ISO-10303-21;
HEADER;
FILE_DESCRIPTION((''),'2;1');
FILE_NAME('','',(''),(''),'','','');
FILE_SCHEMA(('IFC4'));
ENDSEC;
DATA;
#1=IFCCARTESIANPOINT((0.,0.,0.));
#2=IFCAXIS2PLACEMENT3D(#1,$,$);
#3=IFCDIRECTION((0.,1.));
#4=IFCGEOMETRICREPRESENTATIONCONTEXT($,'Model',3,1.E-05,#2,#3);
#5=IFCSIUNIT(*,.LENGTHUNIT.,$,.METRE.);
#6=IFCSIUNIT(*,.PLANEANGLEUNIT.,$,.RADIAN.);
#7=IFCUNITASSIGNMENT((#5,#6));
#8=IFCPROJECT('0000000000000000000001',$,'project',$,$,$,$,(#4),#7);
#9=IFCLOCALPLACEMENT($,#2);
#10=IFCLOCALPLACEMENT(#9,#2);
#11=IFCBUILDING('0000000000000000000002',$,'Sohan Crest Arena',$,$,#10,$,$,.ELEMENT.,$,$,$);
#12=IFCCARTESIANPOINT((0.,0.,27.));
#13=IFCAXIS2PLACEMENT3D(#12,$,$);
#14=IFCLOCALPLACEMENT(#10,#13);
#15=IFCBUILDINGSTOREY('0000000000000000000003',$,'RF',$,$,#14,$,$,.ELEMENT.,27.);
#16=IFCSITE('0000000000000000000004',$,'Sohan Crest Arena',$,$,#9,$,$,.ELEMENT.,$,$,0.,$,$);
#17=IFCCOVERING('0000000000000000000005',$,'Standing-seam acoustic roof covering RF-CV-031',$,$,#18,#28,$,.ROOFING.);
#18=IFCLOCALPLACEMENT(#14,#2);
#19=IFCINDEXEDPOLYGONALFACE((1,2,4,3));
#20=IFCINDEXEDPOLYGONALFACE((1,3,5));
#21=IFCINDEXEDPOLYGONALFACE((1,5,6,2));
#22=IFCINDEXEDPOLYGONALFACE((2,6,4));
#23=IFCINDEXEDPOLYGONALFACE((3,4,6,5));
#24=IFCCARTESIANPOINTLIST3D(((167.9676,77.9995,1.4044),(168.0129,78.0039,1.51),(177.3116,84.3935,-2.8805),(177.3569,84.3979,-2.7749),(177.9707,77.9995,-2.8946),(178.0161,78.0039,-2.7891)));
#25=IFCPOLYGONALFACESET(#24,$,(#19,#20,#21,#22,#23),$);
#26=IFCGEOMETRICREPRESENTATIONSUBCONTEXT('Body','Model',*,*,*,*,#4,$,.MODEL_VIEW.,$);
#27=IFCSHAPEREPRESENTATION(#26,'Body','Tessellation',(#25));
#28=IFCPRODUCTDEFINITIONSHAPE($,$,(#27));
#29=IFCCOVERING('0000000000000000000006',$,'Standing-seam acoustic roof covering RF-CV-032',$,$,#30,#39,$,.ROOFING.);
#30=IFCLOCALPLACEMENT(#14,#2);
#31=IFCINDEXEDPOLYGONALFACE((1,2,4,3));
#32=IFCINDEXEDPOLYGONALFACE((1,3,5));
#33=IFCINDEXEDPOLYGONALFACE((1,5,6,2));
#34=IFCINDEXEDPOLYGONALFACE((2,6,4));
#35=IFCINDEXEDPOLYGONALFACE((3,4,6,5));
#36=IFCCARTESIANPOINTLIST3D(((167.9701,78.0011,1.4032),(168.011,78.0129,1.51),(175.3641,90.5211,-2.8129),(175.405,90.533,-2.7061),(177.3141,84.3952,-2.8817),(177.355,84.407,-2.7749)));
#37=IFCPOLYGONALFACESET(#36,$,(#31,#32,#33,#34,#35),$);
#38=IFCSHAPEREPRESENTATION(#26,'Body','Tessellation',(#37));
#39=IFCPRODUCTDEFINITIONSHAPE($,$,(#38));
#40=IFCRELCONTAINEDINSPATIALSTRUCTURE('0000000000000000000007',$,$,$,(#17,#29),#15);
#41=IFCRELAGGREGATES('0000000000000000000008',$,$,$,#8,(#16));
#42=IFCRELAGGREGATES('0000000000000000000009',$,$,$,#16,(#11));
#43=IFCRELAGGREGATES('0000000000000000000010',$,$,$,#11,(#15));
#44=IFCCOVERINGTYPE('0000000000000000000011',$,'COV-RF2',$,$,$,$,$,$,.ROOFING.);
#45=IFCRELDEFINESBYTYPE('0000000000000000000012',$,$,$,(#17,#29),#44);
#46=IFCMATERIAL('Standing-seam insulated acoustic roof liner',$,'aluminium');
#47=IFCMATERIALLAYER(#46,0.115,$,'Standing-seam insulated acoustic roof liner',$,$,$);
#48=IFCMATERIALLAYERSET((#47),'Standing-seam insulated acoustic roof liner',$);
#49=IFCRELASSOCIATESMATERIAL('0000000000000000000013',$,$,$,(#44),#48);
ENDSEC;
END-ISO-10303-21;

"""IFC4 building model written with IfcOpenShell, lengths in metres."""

from ifc_helpers import new_model, si_unit, direction, frame, origin, place, context, subcontext, project, spatial, polyline, outline, extrude, material, layer, layer_set, type_object, element, save


model = new_model("IFC4")

# Units and contexts
model_context = context("Model", 3, precision=1e-05, world=origin(), true_north=direction((0.0, 1.0)))
body_context = subcontext(model_context, "Body", "Model", "MODEL_VIEW")
ifc_project = project(units=[si_unit("LENGTHUNIT", "METRE"), si_unit("PLANEANGLEUNIT", "RADIAN")], contexts=[model_context])

# Site, building, storey
site_placement = place(None, origin())
site = spatial("IfcSite", under=ifc_project, at=site_placement, Name="Sohan Crest Arena", CompositionType="ELEMENT", RefElevation=0.0)
building_placement = place(site_placement, origin())
building = spatial("IfcBuilding", under=site, at=building_placement, Name="Sohan Crest Arena", CompositionType="ELEMENT")
storey_placement = place(building_placement, frame((0.0, 0.0, 27.0)))
storey = spatial("IfcBuildingStorey", under=building, at=storey_placement, Name="RF", CompositionType="ELEMENT", Elevation=27.0)

# Coverings
ifc_material_1 = material(Name="Standing-seam insulated acoustic roof liner", Category="aluminium")
ifc_layer_1 = layer(ifc_material_1, 0.115, Name="Standing-seam insulated acoustic roof liner")
ifc_layer_set_1 = layer_set([ifc_layer_1], Name="Standing-seam insulated acoustic roof liner")
covering_type = type_object("IfcCoveringType", Name="COV-RF2", PredefinedType="ROOFING", material=ifc_layer_set_1)
covering_1_placement = place(storey_placement, frame((178.0161, 78.0039, -2.7891), z_axis=(0.394555, 0.038643, 0.918059), x_axis=(-0.102549, 0.994726, 0.002203)))
element("IfcCovering", 1, at=covering_1_placement, inside=storey, type_object=covering_type, Name="Standing-seam acoustic roof covering RF-CV-031", PredefinedType="ROOFING", context=body_context, shape_type="SweptSolid", body=[
    extrude(outline(polyline([(0.0, 0.0), (6.4279, 0.0), (1.0353, 10.8385), (0.0, 0.0)])), origin(), (0.0, 0.0, -1.0), 0.115),
])
covering_2_placement = place(storey_placement, frame((177.355, 84.407, -2.7749), z_axis=(0.355665, 0.102771, 0.928946), x_axis=(-0.303296, 0.952836, 0.010709)))
element("IfcCovering", 2, at=covering_2_placement, inside=storey, type_object=covering_type, Name="Standing-seam acoustic roof covering RF-CV-032", PredefinedType="ROOFING", context=body_context, shape_type="SweptSolid", body=[
    extrude(outline(polyline([(0.0, 0.0), (6.4292, 0.0), (-3.2126, 11.6719), (0.0, 0.0)])), origin(), (0.0, 0.0, -1.0), 0.115),
])

save(model, "model.ifc")
